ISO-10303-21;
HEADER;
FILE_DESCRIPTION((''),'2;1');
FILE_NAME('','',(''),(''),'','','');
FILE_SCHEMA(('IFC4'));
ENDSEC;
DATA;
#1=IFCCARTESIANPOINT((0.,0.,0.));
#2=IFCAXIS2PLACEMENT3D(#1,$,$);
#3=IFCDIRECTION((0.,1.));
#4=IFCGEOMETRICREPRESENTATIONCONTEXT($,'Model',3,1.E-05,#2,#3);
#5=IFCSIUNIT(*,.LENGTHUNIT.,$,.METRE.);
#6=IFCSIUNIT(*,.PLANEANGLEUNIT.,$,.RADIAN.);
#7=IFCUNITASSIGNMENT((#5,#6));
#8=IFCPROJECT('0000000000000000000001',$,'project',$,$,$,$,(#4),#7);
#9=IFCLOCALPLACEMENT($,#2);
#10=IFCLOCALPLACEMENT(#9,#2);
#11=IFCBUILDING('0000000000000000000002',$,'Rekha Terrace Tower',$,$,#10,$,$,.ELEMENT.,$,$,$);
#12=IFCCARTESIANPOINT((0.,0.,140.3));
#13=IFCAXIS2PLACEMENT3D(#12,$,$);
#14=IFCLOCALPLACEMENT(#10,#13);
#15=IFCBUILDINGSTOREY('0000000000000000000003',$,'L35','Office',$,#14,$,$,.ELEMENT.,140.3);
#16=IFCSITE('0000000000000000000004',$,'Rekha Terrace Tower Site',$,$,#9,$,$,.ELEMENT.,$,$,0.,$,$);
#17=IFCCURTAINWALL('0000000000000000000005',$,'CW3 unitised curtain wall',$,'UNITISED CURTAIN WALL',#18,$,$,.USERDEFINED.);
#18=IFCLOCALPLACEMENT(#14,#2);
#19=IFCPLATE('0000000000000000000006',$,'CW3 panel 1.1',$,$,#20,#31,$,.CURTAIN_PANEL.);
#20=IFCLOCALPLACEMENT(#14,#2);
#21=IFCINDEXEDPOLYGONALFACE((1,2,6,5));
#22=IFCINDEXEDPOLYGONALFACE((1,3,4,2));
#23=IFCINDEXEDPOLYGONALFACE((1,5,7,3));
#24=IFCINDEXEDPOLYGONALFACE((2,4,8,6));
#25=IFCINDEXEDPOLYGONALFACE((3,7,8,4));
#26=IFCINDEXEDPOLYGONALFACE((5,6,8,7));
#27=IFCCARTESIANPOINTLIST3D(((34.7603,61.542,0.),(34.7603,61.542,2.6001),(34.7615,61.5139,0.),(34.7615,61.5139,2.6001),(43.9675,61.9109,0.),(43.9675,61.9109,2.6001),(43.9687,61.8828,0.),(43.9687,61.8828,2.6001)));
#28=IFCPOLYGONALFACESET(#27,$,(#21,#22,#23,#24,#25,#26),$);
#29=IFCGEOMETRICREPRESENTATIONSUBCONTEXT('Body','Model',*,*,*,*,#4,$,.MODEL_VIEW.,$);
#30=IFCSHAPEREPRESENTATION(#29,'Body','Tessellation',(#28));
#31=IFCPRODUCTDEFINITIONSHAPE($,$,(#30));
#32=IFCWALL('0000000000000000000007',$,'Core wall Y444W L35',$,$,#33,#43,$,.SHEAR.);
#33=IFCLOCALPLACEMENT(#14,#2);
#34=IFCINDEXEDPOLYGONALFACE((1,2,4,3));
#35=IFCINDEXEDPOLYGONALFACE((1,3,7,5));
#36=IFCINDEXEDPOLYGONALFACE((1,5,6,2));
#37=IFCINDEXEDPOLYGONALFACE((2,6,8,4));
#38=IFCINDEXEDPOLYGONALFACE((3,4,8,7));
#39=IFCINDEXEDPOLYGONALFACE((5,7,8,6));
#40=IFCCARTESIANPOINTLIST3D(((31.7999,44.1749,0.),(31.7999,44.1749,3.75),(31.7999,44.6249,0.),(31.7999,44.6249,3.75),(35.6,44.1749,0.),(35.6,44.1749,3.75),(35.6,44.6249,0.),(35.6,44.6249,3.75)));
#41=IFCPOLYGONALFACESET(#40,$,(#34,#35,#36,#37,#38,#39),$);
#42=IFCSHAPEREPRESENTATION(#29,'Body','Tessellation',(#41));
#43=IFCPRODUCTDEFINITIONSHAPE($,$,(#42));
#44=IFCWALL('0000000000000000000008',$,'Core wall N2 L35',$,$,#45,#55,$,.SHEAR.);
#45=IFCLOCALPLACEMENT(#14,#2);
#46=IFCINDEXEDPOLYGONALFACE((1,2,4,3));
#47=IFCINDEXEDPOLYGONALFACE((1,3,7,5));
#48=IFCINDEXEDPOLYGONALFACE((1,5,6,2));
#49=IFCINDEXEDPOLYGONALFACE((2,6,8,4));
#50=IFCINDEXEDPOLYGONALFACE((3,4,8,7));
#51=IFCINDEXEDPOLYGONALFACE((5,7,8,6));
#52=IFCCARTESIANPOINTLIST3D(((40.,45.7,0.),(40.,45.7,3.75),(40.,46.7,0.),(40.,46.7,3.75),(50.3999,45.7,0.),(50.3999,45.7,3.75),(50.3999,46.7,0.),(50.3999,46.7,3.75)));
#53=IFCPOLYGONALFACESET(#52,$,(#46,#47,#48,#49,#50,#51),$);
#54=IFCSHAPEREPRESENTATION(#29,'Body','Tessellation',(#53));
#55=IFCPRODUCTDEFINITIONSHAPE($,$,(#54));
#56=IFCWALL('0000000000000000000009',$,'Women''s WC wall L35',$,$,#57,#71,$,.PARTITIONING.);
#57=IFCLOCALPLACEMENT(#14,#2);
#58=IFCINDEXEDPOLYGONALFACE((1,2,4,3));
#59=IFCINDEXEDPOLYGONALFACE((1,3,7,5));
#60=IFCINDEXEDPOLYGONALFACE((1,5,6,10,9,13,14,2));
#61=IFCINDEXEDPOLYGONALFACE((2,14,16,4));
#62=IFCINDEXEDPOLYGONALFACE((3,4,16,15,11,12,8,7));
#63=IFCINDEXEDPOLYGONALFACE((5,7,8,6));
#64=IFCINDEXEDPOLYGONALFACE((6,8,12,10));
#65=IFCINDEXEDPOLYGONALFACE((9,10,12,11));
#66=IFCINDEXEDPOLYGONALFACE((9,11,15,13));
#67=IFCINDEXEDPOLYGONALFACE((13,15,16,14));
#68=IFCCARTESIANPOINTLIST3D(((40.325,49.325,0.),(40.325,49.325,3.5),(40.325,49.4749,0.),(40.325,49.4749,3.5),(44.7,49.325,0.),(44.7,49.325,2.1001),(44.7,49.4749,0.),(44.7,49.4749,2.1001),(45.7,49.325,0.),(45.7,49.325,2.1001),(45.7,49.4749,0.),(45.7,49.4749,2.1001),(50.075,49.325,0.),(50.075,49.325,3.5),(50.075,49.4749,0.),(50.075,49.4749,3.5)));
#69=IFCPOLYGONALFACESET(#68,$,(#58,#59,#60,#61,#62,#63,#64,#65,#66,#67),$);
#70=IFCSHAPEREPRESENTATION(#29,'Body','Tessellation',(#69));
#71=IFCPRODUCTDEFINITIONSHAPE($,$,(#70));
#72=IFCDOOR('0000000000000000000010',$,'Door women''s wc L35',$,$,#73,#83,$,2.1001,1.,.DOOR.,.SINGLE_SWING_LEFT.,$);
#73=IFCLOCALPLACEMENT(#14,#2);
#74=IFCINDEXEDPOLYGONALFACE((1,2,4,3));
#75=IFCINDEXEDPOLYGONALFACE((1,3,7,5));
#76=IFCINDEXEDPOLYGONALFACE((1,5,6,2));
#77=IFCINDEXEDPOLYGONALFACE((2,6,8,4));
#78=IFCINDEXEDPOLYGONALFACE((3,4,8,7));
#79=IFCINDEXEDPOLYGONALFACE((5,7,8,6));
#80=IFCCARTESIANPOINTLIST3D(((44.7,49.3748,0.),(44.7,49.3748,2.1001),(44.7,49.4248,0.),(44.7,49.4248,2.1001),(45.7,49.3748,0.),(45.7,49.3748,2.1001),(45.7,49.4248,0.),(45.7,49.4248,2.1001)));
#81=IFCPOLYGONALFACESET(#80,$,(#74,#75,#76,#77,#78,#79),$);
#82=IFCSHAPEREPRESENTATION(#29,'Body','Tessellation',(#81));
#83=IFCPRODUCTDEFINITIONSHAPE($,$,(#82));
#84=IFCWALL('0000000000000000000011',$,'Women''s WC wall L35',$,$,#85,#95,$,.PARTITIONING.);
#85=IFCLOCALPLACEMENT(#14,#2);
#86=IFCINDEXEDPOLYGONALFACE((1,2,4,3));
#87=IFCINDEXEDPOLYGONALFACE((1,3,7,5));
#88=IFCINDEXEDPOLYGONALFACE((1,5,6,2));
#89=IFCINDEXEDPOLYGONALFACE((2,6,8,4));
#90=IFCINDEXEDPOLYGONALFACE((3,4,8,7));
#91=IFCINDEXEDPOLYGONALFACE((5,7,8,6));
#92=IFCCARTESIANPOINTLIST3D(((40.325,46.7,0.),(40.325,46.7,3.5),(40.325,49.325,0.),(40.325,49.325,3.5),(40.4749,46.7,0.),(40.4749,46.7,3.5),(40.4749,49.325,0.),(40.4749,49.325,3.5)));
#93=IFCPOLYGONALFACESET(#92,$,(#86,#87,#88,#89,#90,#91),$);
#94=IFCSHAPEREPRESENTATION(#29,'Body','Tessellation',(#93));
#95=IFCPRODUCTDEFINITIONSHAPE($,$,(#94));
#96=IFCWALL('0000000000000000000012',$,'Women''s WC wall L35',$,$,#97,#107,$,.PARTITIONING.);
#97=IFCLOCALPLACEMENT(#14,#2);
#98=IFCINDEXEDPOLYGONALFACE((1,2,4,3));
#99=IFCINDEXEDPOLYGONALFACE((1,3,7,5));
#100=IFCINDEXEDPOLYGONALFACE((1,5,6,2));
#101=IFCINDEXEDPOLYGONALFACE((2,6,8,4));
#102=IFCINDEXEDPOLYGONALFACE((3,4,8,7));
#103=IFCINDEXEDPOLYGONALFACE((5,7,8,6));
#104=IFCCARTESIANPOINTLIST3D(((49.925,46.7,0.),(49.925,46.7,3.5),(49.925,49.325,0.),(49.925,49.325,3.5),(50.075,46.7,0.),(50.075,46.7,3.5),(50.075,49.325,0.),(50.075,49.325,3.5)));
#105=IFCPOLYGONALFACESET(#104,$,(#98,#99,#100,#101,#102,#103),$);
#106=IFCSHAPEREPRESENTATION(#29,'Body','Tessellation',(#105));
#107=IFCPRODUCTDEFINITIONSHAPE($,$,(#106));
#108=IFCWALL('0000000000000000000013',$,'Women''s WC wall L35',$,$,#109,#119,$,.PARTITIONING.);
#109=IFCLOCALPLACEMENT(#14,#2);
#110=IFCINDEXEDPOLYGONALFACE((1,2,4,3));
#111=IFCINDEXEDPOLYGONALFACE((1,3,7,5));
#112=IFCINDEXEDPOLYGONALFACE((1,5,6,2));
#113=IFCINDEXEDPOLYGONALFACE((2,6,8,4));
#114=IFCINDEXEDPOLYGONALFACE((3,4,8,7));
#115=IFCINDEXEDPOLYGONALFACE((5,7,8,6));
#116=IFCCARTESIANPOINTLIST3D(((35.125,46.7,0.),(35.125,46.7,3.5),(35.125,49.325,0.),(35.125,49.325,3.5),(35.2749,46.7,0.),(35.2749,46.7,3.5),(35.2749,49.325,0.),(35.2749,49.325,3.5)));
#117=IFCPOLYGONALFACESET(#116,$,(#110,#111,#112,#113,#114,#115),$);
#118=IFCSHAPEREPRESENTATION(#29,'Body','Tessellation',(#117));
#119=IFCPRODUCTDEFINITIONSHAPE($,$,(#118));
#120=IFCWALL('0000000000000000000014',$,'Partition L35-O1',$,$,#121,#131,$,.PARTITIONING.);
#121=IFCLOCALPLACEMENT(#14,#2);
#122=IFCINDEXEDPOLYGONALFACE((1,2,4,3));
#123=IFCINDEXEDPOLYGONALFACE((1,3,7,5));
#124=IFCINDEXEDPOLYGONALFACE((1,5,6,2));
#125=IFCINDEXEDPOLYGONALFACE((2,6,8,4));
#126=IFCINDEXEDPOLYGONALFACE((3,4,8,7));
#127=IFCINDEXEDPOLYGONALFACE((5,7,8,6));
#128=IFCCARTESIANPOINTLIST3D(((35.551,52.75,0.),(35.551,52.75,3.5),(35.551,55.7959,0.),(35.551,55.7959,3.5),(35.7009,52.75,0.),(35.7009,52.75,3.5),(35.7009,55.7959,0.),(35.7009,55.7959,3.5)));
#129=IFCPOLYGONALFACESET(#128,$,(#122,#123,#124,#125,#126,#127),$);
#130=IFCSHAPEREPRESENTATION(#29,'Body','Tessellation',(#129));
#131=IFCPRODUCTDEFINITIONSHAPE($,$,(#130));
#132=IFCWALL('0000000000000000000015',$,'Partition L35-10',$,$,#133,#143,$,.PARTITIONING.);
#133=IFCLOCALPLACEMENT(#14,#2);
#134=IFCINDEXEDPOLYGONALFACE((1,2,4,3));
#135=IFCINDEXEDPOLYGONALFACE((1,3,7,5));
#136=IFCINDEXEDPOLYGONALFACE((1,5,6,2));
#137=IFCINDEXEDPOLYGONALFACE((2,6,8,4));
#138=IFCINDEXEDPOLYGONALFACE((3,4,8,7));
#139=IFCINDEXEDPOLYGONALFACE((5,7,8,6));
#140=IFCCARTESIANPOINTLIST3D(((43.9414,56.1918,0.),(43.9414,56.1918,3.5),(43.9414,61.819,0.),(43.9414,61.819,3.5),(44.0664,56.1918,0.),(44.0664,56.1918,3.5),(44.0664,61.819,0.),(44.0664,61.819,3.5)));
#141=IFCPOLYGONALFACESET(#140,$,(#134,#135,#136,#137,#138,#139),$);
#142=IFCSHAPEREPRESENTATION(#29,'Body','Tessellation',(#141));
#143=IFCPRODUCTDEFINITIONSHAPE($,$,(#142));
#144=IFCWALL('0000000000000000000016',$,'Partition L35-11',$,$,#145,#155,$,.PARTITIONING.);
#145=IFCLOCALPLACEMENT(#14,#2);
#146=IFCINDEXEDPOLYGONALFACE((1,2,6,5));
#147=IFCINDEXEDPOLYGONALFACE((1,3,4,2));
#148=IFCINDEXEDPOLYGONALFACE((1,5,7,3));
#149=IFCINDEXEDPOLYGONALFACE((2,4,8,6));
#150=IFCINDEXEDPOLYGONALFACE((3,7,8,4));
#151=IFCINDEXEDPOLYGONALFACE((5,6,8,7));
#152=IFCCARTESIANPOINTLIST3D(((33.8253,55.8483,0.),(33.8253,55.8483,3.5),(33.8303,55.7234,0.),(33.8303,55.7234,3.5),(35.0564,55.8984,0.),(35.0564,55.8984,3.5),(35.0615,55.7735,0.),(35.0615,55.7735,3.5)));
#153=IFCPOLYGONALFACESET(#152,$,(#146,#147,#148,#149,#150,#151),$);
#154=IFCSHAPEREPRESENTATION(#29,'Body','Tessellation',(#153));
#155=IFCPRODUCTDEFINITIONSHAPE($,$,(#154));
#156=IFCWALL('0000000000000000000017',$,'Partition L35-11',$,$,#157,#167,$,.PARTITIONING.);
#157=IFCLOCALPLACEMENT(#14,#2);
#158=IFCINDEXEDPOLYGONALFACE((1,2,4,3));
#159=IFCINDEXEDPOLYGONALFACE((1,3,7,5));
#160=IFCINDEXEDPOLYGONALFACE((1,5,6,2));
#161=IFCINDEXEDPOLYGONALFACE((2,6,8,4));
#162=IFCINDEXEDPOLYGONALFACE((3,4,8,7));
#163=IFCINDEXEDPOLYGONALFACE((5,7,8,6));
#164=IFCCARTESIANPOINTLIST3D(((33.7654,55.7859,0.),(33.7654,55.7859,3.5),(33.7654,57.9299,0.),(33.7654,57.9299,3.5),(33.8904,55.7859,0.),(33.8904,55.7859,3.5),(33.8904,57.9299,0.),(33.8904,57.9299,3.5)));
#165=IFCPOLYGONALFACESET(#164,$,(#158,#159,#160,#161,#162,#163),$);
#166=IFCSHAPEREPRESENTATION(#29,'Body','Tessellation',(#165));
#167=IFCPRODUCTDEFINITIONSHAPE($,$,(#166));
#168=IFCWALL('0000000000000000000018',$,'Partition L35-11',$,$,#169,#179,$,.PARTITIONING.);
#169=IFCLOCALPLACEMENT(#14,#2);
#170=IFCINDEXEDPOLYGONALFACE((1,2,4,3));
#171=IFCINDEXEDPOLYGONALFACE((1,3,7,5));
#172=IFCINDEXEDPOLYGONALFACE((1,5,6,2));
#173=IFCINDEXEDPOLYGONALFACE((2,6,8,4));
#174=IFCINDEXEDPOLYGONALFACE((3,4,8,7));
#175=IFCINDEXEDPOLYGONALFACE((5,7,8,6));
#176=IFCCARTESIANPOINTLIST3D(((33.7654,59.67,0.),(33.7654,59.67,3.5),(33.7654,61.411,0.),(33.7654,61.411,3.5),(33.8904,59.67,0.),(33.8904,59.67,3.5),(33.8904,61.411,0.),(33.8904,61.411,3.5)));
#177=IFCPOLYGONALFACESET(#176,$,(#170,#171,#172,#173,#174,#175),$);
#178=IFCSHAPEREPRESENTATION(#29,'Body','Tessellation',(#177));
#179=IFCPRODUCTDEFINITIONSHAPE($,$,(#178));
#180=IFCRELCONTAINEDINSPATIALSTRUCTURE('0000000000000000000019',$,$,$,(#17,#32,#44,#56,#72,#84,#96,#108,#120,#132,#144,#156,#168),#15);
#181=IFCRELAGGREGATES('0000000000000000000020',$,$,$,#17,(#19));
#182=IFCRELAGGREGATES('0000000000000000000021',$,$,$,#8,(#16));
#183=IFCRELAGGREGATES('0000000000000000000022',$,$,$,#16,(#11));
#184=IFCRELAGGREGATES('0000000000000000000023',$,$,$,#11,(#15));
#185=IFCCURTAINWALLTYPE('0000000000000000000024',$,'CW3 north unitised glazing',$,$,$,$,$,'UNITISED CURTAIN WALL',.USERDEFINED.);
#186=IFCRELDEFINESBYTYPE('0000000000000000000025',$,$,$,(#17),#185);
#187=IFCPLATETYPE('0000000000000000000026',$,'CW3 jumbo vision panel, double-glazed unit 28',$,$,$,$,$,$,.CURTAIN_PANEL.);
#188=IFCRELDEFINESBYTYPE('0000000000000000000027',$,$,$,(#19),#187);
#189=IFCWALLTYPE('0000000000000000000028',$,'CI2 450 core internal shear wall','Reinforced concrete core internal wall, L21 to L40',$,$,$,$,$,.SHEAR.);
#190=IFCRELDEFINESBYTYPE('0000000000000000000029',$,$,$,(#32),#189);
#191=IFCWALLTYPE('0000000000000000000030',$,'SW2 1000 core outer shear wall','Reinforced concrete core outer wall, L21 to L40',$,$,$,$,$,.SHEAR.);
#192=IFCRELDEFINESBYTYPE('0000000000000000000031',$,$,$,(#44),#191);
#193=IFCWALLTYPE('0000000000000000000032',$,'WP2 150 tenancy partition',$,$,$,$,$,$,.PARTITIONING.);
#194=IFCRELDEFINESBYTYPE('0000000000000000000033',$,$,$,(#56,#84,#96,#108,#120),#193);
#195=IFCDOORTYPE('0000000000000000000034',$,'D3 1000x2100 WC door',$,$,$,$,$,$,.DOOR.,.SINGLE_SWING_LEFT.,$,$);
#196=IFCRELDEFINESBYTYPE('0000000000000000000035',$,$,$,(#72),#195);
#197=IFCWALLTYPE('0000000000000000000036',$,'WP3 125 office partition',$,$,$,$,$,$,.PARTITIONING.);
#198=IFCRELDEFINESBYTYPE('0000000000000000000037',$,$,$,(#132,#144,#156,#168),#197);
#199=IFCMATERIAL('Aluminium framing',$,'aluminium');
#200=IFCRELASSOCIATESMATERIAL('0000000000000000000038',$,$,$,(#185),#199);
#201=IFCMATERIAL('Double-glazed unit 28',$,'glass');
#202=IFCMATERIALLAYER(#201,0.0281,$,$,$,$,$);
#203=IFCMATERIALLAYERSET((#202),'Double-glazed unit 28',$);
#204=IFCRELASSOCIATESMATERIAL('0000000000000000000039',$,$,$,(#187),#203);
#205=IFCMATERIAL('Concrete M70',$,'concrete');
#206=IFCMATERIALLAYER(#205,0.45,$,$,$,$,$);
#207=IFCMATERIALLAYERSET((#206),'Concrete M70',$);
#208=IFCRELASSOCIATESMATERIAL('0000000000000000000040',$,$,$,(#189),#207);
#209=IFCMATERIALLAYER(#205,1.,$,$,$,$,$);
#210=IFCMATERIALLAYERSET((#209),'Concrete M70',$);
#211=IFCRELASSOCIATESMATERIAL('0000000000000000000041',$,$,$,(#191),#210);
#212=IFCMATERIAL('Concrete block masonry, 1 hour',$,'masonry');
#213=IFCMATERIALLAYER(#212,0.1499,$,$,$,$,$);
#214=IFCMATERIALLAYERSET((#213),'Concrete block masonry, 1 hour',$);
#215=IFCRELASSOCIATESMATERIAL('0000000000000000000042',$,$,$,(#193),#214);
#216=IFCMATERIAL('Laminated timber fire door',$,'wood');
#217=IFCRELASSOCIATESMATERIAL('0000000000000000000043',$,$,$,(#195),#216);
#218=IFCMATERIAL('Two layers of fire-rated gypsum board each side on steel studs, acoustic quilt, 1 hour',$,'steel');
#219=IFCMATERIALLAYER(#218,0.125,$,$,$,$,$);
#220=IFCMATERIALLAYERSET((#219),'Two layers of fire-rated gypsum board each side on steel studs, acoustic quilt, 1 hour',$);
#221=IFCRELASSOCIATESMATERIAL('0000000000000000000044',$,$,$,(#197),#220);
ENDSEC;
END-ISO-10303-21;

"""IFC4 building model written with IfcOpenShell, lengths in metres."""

from ifc_helpers import new_model, si_unit, direction, frame, frame_2d, origin, origin_2d, place, context, subcontext, project, spatial, rectangle, extrude, material, layer, layer_set, type_object, element, fill, aggregate, save


model = new_model("IFC4")

# Units and contexts
model_context = context("Model", 3, precision=1e-05, world=origin(), true_north=direction((0.0, 1.0)))
body_context = subcontext(model_context, "Body", "Model", "MODEL_VIEW")
ifc_project = project(units=[si_unit("LENGTHUNIT", "METRE"), si_unit("PLANEANGLEUNIT", "RADIAN")], contexts=[model_context])

# Site, building, storey
site_placement = place(None, origin())
site = spatial("IfcSite", under=ifc_project, at=site_placement, Name="Rekha Terrace Tower Site", CompositionType="ELEMENT", RefElevation=0.0)
building_placement = place(site_placement, origin())
building = spatial("IfcBuilding", under=site, at=building_placement, Name="Rekha Terrace Tower", CompositionType="ELEMENT")
storey_placement = place(building_placement, frame((0.0, 0.0, 140.3)))
storey = spatial("IfcBuildingStorey", under=building, at=storey_placement, Name="L35", Description="Office", CompositionType="ELEMENT", Elevation=140.3)

# Shared definitions
ifc_material_1 = material(Name="Concrete M70", Category="concrete")

# Curtain wall
ifc_material_2 = material(Name="Aluminium framing", Category="aluminium")
curtain_wall_type = type_object("IfcCurtainWallType", Name="CW3 north unitised glazing", ElementType="UNITISED CURTAIN WALL", PredefinedType="USERDEFINED", material=ifc_material_2)
curtain_wall_1_placement = place(storey_placement, origin())
curtain_wall_1 = element("IfcCurtainWall", 1, at=curtain_wall_1_placement, inside=storey, type_object=curtain_wall_type, Name="CW3 unitised curtain wall", ObjectType="UNITISED CURTAIN WALL", PredefinedType="USERDEFINED")

# Shared definitions
ifc_material_3 = material(Name="Double-glazed unit 28", Category="glass")
ifc_layer_1 = layer(ifc_material_3, 0.0281)
ifc_layer_set_1 = layer_set([ifc_layer_1], Name="Double-glazed unit 28")
plate_type = type_object("IfcPlateType", Name="CW3 jumbo vision panel, double-glazed unit 28", PredefinedType="CURTAIN_PANEL", material=ifc_layer_set_1)

# Plate
plate_1_placement = place(storey_placement, frame((39.3645, 61.7124, 0.0), z_axis=(0.0, 0.0, 1.0), x_axis=(-0.999198, -0.040032, 0.0)))
plate_1 = element("IfcPlate", 2, at=plate_1_placement, type_object=plate_type, Name="CW3 panel 1.1", PredefinedType="CURTAIN_PANEL", context=body_context, shape_type="SweptSolid", body=[
    extrude(rectangle(XDim=9.2146, YDim=0.0281, at=origin_2d()), origin(), (0.0, 0.0, 1.0), 2.6001),
])
aggregate(curtain_wall_1, [plate_1])

# Walls
ifc_layer_2 = layer(ifc_material_1, 0.45)
ifc_layer_set_2 = layer_set([ifc_layer_2], Name="Concrete M70")
wall_type_1 = type_object("IfcWallType", Name="CI2 450 core internal shear wall", Description="Reinforced concrete core internal wall, L21 to L40", PredefinedType="SHEAR", material=ifc_layer_set_2)
wall_1_placement = place(storey_placement, frame((31.8, 44.3999, 0.0), z_axis=(0.0, 0.0, 1.0), x_axis=(1.0, 0.0, 0.0)))
element("IfcWall", 3, at=wall_1_placement, inside=storey, type_object=wall_type_1, Name="Core wall Y444W L35", PredefinedType="SHEAR", context=body_context, shape_type="SweptSolid", body=[
    extrude(rectangle(XDim=3.8, YDim=0.45, at=frame_2d((1.8999, 0.0))), origin(), (0.0, 0.0, 1.0), 3.75),
])
ifc_layer_3 = layer(ifc_material_1, 1.0)
ifc_layer_set_3 = layer_set([ifc_layer_3], Name="Concrete M70")
wall_type_2 = type_object("IfcWallType", Name="SW2 1000 core outer shear wall", Description="Reinforced concrete core outer wall, L21 to L40", PredefinedType="SHEAR", material=ifc_layer_set_3)
wall_2_placement = place(storey_placement, frame((40.0, 46.2, 0.0), z_axis=(0.0, 0.0, 1.0), x_axis=(1.0, 0.0, 0.0)))
element("IfcWall", 4, at=wall_2_placement, inside=storey, type_object=wall_type_2, Name="Core wall N2 L35", PredefinedType="SHEAR", context=body_context, shape_type="SweptSolid", body=[
    extrude(rectangle(XDim=10.3999, YDim=1.0, at=frame_2d((5.2, 0.0))), origin(), (0.0, 0.0, 1.0), 3.75),
])

# Wall, opening, door
ifc_material_4 = material(Name="Concrete block masonry, 1 hour", Category="masonry")
ifc_layer_4 = layer(ifc_material_4, 0.1499)
ifc_layer_set_4 = layer_set([ifc_layer_4], Name="Concrete block masonry, 1 hour")
wall_type_3 = type_object("IfcWallType", Name="WP2 150 tenancy partition", PredefinedType="PARTITIONING", material=ifc_layer_set_4)
wall_3_placement = place(storey_placement, frame((40.325, 49.3999, 0.0), z_axis=(0.0, 0.0, 1.0), x_axis=(1.0, 0.0, 0.0)))
wall_3 = element("IfcWall", 5, at=wall_3_placement, inside=storey, type_object=wall_type_3, Name="Women's WC wall L35", PredefinedType="PARTITIONING", context=body_context, shape_type="SweptSolid", body=[
    extrude(rectangle(XDim=9.75, YDim=0.1499, at=frame_2d((4.875, 0.0))), origin(), (0.0, 0.0, 1.0), 3.5),
])
opening_1_placement = place(wall_3_placement, frame((4.375, 0.0, 0.0)))
opening_1 = element("IfcOpeningElement", 6, at=opening_1_placement, cuts=wall_3, PredefinedType="OPENING", context=body_context, shape_type="SweptSolid", body=[
    extrude(rectangle(XDim=1.0, YDim=2.1001, at=frame_2d((0.5, 1.05))), frame((0.0, 0.085, 0.0), z_axis=(0.0, -1.0, 0.0), x_axis=(1.0, 0.0, 0.0)), (0.0, 0.0, 1.0), 0.1699),
])
ifc_material_5 = material(Name="Laminated timber fire door", Category="wood")
door_type_1 = type_object("IfcDoorType", Name="D3 1000x2100 WC door", OperationType="SINGLE_SWING_LEFT", PredefinedType="DOOR", material=ifc_material_5)
door_1_placement = place(opening_1_placement, origin())
door_1 = element("IfcDoor", 7, at=door_1_placement, inside=storey, type_object=door_type_1, Name="Door women's wc L35", OperationType="SINGLE_SWING_LEFT", OverallHeight=2.1001, OverallWidth=1.0, PredefinedType="DOOR", context=body_context, shape_type="SweptSolid", body=[
    extrude(rectangle(XDim=1.0, YDim=2.1001, at=frame_2d((0.5, 1.05))), frame((0.0, 0.0249, 0.0), z_axis=(0.0, -1.0, 0.0), x_axis=(1.0, 0.0, 0.0)), (0.0, 0.0, 1.0), 0.05),
])
fill(opening_1, door_1)

# Walls
for number, where, z_axis, x_axis, name in (
    (8, (40.3999, 46.7, 0.0), (0.0, 0.0, 1.0), (0.0, 1.0, 0.0), "Women's WC wall L35"),
    (9, (50.0, 46.7, 0.0), (0.0, 0.0, 1.0), (0.0, 1.0, 0.0), "Women's WC wall L35"),
    (10, (35.2, 46.7, 0.0), (0.0, 0.0, 1.0), (0.0, 1.0, 0.0), "Women's WC wall L35"),
):
    element("IfcWall", number, at=place(storey_placement, frame(where, z_axis=z_axis, x_axis=x_axis)), inside=storey, type_object=wall_type_3, Name=name, PredefinedType="PARTITIONING", context=body_context, shape_type="SweptSolid", body=[
        extrude(rectangle(XDim=2.625, YDim=0.1499, at=frame_2d((1.3125, 0.0))), origin(), (0.0, 0.0, 1.0), 3.5),
    ])
wall_4_placement = place(storey_placement, frame((35.626, 52.75, 0.0), z_axis=(0.0, 0.0, 1.0), x_axis=(0.0, 1.0, 0.0)))
element("IfcWall", 11, at=wall_4_placement, inside=storey, type_object=wall_type_3, Name="Partition L35-O1", PredefinedType="PARTITIONING", context=body_context, shape_type="SweptSolid", body=[
    extrude(rectangle(XDim=3.0459, YDim=0.1499, at=frame_2d((1.5229, 0.0))), origin(), (0.0, 0.0, 1.0), 3.5),
])
ifc_material_6 = material(Name="Two layers of fire-rated gypsum board each side on steel studs, acoustic quilt, 1 hour", Category="steel")
ifc_layer_5 = layer(ifc_material_6, 0.125)
ifc_layer_set_5 = layer_set([ifc_layer_5], Name="Two layers of fire-rated gypsum board each side on steel studs, acoustic quilt, 1 hour")
wall_type_4 = type_object("IfcWallType", Name="WP3 125 office partition", PredefinedType="PARTITIONING", material=ifc_layer_set_5)
wall_5_placement = place(storey_placement, frame((44.0039, 56.1919, 0.0), z_axis=(0.0, 0.0, 1.0), x_axis=(0.0, 1.0, 0.0)))
element("IfcWall", 12, at=wall_5_placement, inside=storey, type_object=wall_type_4, Name="Partition L35-10", PredefinedType="PARTITIONING", context=body_context, shape_type="SweptSolid", body=[
    extrude(rectangle(XDim=5.6272, YDim=0.125, at=frame_2d((2.8135, 0.0))), origin(), (0.0, 0.0, 1.0), 3.5),
])
wall_6_placement = place(storey_placement, frame((35.0591, 55.8359, 0.0), z_axis=(0.0, 0.0, 1.0), x_axis=(-0.999175, -0.040617, 0.0)))
element("IfcWall", 13, at=wall_6_placement, inside=storey, type_object=wall_type_4, Name="Partition L35-11", PredefinedType="PARTITIONING", context=body_context, shape_type="SweptSolid", body=[
    extrude(rectangle(XDim=1.2322, YDim=0.125, at=frame_2d((0.6162, 0.0))), origin(), (0.0, 0.0, 1.0), 3.5),
])
wall_7_placement = place(storey_placement, frame((33.8279, 55.7859, 0.0), z_axis=(0.0, 0.0, 1.0), x_axis=(0.0, 1.0, 0.0)))
element("IfcWall", 14, at=wall_7_placement, inside=storey, type_object=wall_type_4, Name="Partition L35-11", PredefinedType="PARTITIONING", context=body_context, shape_type="SweptSolid", body=[
    extrude(rectangle(XDim=2.144, YDim=0.125, at=frame_2d((1.072, 0.0))), origin(), (0.0, 0.0, 1.0), 3.5),
])
wall_8_placement = place(storey_placement, frame((33.8279, 59.6699, 0.0), z_axis=(0.0, 0.0, 1.0), x_axis=(0.0, 1.0, 0.0)))
element("IfcWall", 15, at=wall_8_placement, inside=storey, type_object=wall_type_4, Name="Partition L35-11", PredefinedType="PARTITIONING", context=body_context, shape_type="SweptSolid", body=[
    extrude(rectangle(XDim=1.741, YDim=0.125, at=frame_2d((0.8706, 0.0))), origin(), (0.0, 0.0, 1.0), 3.5),
])

save(model, "model.ifc")
